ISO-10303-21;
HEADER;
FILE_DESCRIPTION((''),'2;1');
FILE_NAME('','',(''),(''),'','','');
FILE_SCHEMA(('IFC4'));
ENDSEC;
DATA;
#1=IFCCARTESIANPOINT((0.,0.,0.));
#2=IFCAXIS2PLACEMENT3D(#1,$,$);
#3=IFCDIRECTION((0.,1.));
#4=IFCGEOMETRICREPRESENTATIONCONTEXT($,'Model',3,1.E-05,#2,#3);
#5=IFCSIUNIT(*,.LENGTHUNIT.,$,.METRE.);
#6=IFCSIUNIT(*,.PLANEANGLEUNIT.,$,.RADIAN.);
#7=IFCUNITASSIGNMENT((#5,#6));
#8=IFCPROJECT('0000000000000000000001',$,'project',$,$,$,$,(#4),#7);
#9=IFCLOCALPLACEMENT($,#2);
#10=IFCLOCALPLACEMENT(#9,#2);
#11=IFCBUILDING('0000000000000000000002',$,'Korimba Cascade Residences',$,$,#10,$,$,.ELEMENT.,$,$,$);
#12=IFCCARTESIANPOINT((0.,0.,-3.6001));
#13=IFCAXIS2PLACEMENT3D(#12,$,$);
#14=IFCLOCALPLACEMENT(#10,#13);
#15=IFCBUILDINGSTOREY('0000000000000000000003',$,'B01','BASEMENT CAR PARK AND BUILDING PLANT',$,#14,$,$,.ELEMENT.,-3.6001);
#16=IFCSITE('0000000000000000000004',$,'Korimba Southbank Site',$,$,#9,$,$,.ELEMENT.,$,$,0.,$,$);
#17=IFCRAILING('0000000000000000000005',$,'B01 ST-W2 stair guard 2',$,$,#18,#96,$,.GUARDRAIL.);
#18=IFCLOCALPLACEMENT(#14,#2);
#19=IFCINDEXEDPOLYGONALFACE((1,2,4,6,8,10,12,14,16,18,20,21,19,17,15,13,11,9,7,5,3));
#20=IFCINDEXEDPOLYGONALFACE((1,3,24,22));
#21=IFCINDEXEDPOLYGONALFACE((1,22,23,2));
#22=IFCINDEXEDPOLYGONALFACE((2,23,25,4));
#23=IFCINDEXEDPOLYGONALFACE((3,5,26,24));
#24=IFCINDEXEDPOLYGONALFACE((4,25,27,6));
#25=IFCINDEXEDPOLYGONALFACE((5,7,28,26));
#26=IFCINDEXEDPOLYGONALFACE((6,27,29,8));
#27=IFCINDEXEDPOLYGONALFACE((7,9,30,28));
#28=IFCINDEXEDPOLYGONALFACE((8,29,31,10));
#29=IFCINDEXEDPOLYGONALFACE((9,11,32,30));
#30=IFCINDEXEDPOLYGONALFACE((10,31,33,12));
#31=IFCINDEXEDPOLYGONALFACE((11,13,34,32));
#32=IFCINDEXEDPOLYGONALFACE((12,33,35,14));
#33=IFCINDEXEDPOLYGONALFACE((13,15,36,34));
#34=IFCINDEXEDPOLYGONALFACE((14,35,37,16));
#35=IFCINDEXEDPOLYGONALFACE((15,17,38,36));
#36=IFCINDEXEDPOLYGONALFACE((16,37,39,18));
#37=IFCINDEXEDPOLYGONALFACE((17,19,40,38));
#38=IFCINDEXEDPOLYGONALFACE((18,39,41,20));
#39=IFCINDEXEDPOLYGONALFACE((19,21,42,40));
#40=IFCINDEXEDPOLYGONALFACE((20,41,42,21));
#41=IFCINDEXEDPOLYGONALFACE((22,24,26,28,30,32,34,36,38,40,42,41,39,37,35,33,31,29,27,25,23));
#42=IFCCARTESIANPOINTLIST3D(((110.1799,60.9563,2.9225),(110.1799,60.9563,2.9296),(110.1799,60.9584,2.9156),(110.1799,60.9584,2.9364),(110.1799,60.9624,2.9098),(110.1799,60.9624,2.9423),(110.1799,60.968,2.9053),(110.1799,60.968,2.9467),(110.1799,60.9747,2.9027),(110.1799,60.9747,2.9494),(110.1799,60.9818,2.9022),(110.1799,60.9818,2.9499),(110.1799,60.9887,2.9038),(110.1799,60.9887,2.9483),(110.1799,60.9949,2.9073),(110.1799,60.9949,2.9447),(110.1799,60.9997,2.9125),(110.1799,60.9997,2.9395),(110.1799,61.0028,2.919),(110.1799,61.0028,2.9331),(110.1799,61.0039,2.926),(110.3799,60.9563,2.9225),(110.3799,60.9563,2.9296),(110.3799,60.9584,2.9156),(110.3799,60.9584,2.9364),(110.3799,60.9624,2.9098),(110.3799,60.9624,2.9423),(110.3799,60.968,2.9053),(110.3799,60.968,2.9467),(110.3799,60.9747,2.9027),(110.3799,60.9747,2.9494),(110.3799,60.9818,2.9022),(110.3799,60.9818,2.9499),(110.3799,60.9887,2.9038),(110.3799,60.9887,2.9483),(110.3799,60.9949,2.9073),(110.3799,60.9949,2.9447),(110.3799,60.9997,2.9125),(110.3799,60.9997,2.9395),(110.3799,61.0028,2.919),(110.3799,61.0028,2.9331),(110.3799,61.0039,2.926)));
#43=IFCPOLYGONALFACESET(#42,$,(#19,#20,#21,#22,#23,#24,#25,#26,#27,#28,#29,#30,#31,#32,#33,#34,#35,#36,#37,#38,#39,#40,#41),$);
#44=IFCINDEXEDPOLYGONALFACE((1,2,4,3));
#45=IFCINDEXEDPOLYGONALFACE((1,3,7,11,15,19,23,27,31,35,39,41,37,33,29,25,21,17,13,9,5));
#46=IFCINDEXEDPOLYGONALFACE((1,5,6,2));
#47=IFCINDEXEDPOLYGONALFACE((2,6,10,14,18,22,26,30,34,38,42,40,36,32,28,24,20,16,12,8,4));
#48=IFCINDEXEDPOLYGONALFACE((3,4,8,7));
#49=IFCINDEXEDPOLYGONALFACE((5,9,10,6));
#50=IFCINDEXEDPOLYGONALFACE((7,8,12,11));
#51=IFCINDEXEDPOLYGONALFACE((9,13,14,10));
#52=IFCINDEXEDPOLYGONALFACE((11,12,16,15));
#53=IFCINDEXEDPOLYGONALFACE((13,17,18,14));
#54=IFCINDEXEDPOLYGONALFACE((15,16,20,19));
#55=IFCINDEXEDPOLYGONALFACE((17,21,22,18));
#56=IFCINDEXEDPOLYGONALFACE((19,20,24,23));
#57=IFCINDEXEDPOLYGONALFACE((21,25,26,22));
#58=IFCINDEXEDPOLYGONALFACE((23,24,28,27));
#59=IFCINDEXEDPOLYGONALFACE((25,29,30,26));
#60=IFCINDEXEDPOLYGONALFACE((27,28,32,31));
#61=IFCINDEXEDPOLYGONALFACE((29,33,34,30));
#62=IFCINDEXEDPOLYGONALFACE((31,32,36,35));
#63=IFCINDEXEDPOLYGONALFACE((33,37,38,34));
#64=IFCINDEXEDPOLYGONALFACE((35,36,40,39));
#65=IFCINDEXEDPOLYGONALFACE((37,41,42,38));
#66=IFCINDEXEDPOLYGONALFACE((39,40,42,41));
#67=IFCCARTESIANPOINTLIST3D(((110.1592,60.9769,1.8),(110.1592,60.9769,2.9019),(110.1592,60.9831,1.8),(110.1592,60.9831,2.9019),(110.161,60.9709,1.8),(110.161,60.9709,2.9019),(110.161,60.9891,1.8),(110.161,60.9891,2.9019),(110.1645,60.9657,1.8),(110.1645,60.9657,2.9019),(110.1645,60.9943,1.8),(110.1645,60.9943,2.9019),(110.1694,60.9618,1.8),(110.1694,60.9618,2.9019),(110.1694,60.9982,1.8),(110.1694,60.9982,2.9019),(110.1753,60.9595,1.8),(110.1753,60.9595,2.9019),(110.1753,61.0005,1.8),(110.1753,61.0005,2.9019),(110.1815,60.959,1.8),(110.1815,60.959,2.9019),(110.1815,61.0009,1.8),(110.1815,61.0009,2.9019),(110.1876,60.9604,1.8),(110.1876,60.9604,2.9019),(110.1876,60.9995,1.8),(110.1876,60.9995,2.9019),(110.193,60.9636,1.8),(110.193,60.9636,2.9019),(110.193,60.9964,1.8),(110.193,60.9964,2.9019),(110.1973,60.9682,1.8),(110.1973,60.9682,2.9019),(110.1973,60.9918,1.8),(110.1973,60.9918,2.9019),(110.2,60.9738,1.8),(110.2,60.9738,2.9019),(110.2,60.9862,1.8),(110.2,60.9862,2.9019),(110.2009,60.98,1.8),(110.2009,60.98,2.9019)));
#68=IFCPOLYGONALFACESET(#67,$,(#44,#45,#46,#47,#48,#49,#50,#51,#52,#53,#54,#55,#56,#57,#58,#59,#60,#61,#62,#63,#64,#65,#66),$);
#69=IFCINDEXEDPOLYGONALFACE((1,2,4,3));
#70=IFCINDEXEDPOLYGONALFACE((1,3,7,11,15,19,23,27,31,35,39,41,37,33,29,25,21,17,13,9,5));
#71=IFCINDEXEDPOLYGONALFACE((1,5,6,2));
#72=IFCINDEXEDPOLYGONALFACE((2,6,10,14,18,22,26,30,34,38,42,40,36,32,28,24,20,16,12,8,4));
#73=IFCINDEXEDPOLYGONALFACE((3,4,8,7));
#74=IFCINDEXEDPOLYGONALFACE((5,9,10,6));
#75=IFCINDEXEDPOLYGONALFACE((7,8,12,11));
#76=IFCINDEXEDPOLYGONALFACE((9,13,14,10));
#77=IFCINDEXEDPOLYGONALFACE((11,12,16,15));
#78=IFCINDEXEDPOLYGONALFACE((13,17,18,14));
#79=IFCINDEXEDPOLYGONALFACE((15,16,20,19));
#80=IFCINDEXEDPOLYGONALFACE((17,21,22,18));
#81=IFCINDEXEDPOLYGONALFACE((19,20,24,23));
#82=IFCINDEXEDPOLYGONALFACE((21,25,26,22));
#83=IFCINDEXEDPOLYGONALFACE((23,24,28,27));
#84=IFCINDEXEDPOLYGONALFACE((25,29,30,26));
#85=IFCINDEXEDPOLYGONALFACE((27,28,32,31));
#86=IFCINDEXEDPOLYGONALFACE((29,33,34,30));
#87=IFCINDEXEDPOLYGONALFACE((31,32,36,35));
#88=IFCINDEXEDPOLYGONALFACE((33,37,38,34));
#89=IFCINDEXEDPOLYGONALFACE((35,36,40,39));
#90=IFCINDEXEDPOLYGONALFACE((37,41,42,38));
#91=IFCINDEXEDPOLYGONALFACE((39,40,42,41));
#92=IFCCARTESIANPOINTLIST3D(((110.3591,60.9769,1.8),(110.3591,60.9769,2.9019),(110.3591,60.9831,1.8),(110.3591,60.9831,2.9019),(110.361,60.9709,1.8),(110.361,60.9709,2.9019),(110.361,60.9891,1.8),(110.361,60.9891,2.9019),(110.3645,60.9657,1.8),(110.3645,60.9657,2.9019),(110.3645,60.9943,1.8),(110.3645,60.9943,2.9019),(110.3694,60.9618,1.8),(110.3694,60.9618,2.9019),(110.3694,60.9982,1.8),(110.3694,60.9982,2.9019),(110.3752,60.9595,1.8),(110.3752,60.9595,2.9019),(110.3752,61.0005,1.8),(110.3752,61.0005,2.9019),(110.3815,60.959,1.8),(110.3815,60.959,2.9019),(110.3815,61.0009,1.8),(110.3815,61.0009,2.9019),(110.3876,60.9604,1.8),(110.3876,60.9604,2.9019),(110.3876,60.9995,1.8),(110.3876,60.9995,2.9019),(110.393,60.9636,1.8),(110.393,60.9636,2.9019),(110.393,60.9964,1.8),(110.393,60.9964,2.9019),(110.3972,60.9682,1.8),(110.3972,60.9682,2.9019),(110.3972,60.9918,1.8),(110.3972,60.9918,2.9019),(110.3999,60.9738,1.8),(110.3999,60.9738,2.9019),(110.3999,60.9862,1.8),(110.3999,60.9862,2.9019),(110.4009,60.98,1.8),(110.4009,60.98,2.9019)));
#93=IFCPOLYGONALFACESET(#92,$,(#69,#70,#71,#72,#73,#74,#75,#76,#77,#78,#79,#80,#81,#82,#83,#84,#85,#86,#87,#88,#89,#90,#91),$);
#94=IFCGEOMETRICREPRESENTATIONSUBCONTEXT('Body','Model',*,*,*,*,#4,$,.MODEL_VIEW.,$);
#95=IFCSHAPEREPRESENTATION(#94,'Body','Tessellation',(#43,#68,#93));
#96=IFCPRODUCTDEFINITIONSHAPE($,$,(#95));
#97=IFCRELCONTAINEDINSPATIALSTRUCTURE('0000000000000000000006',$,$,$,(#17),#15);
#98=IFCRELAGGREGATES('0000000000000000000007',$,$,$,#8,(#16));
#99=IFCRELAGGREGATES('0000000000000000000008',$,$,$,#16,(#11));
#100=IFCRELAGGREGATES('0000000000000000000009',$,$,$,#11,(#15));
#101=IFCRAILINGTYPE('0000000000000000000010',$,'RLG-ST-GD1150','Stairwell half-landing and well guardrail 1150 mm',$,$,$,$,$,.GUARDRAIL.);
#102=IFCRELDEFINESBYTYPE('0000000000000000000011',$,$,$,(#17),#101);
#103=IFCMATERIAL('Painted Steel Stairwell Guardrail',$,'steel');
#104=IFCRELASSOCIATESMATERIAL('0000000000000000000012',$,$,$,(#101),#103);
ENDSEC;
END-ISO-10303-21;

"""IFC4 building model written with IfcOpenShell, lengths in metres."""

from ifc_helpers import new_model, si_unit, direction, frame, origin, origin_2d, place, context, subcontext, project, spatial, circle, extrude, material, type_object, element, save


model = new_model("IFC4")

# Units and contexts
model_context = context("Model", 3, precision=1e-05, world=origin(), true_north=direction((0.0, 1.0)))
body_context = subcontext(model_context, "Body", "Model", "MODEL_VIEW")
ifc_project = project(units=[si_unit("LENGTHUNIT", "METRE"), si_unit("PLANEANGLEUNIT", "RADIAN")], contexts=[model_context])

# Site, building, storey
site_placement = place(None, origin())
site = spatial("IfcSite", under=ifc_project, at=site_placement, Name="Korimba Southbank Site", CompositionType="ELEMENT", RefElevation=0.0)
building_placement = place(site_placement, origin())
building = spatial("IfcBuilding", under=site, at=building_placement, Name="Korimba Cascade Residences", CompositionType="ELEMENT")
storey_placement = place(building_placement, frame((0.0, 0.0, -3.6001)))
storey = spatial("IfcBuildingStorey", under=building, at=storey_placement, Name="B01", Description="BASEMENT CAR PARK AND BUILDING PLANT", CompositionType="ELEMENT", Elevation=-3.6001)

# Railing
ifc_material_1 = material(Name="Painted Steel Stairwell Guardrail", Category="steel")
railing_type_1 = type_object("IfcRailingType", Name="RLG-ST-GD1150", Description="Stairwell half-landing and well guardrail 1150 mm", PredefinedType="GUARDRAIL", material=ifc_material_1)
railing_1_placement = place(storey_placement, frame((110.1799, 60.98, 1.8)))
element("IfcRailing", 1, at=railing_1_placement, inside=storey, type_object=railing_type_1, Name="B01 ST-W2 stair guard 2", PredefinedType="GUARDRAIL", context=body_context, shape_type="SweptSolid", body=[
    extrude(circle(Radius=0.0239, at=origin_2d()), frame((0.0, 0.0, 1.126), z_axis=(1.0, 0.0, 0.0), x_axis=(0.0, 1.0, 0.0)), (0.0, 0.0, 1.0), 0.2),
    extrude(circle(Radius=0.021, at=origin_2d()), origin(), (0.0, 0.0, 1.0), 1.1018),
    extrude(circle(Radius=0.021, at=origin_2d()), frame((0.2, 0.0, 0.0)), (0.0, 0.0, 1.0), 1.1018),
])

save(model, "model.ifc")
